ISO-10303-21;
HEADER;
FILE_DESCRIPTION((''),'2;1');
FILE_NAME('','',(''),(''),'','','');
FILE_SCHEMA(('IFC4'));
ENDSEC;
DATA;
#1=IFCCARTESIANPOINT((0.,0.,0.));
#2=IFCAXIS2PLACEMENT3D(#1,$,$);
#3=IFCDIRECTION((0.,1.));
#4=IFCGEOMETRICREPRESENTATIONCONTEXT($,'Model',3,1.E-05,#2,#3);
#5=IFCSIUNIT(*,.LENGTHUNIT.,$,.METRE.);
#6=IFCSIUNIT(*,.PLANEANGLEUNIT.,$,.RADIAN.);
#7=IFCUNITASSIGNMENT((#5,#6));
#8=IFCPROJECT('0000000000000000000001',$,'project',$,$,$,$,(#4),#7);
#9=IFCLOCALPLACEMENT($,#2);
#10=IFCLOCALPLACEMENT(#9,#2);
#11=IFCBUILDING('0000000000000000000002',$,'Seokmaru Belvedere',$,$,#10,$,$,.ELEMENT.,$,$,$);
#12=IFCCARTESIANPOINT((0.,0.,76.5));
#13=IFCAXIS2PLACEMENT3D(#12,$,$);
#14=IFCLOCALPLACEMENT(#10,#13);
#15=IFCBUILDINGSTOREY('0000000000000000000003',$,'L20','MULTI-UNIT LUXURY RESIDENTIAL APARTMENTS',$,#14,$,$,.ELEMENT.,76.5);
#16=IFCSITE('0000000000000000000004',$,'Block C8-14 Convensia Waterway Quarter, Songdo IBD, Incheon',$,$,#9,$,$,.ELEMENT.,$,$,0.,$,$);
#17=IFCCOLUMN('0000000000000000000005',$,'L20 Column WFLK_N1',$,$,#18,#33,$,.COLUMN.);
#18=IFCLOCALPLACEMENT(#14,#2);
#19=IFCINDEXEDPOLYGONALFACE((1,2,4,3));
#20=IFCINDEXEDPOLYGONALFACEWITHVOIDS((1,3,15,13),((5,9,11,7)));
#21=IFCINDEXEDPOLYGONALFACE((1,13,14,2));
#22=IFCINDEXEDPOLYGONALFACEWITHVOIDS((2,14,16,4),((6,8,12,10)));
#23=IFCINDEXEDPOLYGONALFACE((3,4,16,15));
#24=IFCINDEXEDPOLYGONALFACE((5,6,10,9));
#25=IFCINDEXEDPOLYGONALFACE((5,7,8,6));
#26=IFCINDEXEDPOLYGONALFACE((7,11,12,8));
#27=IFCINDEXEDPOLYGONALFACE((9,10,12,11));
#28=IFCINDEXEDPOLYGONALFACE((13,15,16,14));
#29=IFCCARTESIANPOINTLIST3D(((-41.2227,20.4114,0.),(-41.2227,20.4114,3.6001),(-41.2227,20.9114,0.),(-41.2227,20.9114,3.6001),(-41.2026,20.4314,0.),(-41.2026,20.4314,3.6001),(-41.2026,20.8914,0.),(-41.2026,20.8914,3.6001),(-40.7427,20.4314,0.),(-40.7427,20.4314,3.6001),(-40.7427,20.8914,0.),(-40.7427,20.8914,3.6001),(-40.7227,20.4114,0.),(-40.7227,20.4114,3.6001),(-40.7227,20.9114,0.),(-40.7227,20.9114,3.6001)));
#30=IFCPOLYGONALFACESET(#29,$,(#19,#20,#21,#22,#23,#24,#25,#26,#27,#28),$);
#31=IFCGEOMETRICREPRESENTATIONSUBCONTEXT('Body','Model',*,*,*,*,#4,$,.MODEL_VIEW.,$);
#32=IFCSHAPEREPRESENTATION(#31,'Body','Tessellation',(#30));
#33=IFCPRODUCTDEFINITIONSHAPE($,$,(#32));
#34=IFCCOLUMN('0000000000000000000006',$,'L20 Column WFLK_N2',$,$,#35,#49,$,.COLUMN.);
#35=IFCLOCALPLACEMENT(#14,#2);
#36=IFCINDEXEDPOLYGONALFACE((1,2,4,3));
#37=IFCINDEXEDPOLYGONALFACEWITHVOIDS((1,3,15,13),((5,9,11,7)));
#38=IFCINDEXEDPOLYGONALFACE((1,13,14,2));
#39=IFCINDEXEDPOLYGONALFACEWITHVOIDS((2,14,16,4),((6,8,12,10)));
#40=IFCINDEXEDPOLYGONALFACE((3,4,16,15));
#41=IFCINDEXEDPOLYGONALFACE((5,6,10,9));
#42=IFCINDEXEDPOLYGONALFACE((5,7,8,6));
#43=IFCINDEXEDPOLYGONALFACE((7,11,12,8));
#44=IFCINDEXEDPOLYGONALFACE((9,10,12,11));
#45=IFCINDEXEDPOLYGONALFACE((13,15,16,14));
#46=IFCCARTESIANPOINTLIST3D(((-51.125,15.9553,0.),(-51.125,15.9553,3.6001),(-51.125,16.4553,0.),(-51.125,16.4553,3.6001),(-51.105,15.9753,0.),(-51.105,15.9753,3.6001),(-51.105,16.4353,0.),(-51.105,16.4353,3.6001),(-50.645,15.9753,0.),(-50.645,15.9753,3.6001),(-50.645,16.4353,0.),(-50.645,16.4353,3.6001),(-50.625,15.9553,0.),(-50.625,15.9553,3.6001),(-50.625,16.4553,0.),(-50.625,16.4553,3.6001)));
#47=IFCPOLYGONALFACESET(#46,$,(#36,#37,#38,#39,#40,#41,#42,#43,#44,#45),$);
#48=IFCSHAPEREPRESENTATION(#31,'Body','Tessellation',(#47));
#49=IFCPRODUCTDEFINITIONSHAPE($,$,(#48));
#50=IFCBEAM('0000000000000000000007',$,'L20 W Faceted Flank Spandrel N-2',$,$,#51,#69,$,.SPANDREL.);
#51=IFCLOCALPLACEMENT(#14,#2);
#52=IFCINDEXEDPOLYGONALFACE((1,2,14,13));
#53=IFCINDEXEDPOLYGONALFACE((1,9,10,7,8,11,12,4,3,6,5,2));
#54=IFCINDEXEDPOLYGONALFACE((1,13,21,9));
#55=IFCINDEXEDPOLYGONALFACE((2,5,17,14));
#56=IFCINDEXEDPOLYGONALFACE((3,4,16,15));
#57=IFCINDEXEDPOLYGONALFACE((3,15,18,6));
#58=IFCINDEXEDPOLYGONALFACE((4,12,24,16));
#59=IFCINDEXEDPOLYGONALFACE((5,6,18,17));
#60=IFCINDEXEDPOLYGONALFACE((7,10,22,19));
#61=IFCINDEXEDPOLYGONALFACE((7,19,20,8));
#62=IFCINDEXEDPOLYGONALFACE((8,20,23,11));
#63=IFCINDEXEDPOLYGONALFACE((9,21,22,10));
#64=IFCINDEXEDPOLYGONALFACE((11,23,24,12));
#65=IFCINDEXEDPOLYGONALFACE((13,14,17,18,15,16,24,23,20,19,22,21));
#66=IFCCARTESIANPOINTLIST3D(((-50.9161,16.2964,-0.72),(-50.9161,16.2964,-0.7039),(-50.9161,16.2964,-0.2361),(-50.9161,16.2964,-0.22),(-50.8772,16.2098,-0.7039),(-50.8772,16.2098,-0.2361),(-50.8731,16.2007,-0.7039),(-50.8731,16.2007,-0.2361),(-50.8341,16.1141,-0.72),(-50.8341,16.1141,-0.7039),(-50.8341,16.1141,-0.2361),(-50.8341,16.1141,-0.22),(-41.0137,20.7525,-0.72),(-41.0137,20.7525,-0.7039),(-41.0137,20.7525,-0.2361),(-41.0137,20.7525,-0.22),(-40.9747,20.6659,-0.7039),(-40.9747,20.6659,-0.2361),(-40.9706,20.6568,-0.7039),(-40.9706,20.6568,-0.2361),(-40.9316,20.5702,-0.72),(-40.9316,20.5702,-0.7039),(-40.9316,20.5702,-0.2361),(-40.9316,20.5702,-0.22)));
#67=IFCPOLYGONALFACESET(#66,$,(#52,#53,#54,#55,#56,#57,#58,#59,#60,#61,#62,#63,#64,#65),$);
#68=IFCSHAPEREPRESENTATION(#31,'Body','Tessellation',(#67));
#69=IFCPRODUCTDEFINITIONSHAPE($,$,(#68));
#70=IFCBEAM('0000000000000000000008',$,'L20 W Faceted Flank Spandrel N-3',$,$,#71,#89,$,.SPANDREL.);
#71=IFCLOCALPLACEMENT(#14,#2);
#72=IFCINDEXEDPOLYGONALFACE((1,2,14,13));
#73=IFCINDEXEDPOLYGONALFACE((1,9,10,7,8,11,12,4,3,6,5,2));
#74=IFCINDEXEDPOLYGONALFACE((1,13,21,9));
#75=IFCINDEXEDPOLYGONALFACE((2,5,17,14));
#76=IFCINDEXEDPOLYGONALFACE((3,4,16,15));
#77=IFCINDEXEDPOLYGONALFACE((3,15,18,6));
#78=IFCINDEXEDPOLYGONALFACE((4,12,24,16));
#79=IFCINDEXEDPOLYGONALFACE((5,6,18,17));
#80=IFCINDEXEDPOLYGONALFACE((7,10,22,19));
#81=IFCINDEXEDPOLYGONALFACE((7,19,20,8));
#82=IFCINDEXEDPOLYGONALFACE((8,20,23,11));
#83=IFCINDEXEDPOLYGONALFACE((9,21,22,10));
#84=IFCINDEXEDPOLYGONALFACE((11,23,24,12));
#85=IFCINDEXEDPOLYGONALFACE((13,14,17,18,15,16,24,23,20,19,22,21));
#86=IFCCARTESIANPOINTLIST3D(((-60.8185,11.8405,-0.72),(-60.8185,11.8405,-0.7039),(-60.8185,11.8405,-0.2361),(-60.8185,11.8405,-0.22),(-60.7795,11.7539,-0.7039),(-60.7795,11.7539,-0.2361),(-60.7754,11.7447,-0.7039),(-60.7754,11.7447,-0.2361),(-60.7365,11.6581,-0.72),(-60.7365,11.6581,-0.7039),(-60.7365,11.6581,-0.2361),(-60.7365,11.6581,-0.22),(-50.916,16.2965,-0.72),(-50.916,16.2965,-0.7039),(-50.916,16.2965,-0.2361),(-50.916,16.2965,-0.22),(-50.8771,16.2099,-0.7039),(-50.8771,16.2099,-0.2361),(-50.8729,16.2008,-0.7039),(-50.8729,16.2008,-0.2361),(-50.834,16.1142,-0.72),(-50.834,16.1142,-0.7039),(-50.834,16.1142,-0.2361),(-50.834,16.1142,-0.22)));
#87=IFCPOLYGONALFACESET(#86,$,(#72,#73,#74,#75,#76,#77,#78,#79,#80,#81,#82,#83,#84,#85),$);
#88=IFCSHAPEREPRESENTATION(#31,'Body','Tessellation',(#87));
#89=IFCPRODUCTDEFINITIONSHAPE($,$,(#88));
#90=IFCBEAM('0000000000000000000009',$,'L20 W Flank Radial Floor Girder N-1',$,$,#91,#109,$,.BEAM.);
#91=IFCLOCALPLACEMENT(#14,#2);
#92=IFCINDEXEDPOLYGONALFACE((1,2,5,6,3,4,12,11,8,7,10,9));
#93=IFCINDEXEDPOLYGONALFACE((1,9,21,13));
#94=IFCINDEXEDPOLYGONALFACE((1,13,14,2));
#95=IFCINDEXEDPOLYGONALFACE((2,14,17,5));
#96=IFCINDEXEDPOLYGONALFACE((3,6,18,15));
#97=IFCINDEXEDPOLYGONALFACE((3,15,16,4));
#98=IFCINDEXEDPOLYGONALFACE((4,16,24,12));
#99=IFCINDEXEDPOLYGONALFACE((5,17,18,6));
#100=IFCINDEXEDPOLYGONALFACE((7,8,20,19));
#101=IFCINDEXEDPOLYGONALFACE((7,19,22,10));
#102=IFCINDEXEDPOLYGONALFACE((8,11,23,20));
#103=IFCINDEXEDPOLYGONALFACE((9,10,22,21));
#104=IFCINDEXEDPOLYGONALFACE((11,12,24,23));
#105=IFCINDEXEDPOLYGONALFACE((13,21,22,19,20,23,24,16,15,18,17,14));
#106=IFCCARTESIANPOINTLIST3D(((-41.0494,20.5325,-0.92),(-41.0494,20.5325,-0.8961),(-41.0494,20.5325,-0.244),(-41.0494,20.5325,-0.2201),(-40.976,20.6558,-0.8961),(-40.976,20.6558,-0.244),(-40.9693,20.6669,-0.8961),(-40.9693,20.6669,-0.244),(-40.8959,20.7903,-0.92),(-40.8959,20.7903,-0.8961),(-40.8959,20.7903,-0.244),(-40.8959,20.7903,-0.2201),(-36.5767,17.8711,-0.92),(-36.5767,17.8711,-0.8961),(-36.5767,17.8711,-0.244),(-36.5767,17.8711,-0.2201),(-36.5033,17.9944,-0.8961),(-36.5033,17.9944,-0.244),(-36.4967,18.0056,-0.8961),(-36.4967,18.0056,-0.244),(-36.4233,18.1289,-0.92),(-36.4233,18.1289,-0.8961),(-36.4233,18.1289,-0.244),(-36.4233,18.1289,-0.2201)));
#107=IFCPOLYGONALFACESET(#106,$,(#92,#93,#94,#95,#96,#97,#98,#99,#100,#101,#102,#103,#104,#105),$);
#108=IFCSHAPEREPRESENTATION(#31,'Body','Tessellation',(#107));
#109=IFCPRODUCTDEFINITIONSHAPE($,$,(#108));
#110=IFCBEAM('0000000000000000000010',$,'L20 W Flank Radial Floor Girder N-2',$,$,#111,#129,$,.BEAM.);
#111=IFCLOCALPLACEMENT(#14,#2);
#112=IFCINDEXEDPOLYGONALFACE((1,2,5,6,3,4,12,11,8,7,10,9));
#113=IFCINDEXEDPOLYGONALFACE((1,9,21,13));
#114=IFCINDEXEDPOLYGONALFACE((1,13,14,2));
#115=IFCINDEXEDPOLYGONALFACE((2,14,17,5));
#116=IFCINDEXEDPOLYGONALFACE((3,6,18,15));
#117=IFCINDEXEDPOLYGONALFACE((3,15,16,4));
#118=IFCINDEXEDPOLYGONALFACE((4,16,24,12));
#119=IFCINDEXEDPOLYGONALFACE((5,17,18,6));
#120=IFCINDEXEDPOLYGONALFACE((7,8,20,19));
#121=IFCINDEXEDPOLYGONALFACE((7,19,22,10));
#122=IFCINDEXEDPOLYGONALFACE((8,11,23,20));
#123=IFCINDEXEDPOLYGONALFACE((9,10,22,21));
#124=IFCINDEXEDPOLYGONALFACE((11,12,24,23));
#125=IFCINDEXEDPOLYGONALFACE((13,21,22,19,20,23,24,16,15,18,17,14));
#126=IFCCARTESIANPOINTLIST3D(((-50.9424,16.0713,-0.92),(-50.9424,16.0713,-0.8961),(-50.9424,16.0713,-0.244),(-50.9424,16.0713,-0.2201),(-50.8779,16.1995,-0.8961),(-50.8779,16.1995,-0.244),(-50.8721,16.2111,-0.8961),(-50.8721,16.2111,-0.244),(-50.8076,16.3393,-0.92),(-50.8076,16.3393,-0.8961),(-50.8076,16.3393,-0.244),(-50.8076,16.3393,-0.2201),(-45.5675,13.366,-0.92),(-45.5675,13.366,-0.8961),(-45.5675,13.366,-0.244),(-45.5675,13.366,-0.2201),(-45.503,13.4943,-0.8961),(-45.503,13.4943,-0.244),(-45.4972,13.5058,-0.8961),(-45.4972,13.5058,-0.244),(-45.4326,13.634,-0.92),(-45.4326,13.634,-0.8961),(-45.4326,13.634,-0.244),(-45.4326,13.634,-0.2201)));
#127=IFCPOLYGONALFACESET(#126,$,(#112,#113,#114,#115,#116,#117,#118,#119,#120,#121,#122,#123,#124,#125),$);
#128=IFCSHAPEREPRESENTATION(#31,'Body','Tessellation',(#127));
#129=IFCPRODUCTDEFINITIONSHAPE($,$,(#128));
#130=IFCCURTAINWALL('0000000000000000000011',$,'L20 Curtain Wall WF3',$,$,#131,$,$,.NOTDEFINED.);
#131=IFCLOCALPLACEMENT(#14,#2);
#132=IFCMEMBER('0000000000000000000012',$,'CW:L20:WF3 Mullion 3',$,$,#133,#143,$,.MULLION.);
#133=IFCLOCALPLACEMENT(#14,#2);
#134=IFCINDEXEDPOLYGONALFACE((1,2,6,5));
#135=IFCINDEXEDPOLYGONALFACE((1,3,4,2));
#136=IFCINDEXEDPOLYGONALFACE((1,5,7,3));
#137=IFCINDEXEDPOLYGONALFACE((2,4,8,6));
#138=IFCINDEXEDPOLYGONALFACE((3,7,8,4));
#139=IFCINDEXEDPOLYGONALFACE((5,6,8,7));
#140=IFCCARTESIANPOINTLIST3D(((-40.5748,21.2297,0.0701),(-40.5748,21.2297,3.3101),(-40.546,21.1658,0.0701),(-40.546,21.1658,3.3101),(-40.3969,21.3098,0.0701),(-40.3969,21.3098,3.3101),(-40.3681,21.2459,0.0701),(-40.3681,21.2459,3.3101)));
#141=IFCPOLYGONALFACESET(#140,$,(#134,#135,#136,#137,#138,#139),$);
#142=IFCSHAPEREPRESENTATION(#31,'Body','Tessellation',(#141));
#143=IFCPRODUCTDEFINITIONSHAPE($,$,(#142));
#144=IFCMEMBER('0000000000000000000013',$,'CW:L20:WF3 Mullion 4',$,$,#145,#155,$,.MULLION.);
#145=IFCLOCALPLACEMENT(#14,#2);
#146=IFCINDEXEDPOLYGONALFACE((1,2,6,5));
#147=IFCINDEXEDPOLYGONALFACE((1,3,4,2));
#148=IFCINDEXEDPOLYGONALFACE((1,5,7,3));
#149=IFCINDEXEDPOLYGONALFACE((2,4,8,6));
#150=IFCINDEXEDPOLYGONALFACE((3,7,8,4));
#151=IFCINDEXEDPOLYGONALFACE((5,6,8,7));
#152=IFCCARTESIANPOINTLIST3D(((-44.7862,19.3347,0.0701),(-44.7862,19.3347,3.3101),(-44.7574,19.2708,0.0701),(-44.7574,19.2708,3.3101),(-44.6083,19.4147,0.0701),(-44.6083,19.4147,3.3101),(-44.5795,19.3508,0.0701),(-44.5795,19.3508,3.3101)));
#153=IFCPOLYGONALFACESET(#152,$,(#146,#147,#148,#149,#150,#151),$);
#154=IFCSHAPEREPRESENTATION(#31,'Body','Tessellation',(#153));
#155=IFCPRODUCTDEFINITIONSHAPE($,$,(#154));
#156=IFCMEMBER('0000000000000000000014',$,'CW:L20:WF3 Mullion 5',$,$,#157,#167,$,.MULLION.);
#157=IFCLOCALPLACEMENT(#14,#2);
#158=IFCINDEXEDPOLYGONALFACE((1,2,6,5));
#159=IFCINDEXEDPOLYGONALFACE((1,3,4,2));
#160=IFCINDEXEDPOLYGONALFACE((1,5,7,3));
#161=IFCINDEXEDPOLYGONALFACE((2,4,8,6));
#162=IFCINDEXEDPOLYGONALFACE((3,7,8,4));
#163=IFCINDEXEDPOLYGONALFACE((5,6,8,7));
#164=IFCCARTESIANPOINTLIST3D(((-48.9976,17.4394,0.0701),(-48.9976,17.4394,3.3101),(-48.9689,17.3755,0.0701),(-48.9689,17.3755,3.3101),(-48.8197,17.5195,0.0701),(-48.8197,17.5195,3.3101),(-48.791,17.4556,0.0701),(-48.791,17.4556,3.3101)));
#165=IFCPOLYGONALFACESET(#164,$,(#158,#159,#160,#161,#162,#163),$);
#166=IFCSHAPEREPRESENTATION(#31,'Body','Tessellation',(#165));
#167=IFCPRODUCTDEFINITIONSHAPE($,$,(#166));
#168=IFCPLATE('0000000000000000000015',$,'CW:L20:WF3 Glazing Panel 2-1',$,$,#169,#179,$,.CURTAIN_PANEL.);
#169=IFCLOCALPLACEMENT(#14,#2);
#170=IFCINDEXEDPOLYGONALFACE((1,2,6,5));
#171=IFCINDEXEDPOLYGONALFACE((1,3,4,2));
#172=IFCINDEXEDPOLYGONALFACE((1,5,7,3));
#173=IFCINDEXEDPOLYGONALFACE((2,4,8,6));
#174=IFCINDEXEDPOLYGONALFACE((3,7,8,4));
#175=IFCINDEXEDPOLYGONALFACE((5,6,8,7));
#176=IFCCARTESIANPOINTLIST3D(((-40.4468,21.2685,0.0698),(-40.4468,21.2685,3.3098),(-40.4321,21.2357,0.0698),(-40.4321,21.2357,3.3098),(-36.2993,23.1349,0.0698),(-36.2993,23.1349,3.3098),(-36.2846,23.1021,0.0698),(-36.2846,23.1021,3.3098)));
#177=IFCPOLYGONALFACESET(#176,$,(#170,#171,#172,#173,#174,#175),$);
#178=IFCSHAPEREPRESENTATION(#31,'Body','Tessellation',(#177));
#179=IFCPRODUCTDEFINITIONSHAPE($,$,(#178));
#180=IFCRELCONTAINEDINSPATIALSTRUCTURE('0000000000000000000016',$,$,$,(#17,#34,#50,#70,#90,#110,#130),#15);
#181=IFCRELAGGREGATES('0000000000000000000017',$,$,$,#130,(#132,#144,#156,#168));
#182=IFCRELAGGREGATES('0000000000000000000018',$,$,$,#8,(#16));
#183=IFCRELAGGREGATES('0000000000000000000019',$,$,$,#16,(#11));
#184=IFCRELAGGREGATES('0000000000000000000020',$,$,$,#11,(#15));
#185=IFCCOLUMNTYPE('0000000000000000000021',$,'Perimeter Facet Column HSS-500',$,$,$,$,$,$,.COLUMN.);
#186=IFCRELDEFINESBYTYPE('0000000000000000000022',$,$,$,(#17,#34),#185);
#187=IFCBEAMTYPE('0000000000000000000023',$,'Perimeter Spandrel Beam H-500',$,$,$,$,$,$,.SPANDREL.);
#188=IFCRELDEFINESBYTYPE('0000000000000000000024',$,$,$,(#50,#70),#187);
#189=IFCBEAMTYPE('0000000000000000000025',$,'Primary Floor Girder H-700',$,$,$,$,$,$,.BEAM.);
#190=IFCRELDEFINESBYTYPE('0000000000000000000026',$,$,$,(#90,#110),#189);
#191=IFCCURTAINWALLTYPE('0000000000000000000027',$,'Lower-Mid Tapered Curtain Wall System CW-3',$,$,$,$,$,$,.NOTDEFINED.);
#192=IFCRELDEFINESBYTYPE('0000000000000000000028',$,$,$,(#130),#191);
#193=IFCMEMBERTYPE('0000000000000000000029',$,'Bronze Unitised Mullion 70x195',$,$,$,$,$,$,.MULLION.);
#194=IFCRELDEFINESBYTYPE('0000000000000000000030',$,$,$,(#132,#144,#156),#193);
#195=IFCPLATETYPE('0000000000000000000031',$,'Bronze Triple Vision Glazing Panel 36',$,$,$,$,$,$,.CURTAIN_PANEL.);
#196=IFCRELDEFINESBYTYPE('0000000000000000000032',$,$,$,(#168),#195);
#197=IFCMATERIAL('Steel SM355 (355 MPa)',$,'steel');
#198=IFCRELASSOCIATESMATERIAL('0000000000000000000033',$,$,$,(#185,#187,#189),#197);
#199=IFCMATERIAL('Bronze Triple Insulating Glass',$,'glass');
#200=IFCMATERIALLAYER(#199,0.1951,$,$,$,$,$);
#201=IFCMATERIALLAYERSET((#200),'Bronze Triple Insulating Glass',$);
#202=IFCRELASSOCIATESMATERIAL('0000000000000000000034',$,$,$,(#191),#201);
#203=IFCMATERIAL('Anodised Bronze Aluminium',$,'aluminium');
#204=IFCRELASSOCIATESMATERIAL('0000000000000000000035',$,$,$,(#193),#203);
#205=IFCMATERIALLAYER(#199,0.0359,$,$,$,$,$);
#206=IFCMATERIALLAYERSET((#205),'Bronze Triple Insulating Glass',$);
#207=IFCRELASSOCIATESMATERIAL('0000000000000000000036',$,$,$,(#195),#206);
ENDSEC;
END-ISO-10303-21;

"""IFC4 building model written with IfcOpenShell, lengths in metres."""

from ifc_helpers import new_model, si_unit, direction, frame, origin, origin_2d, place, context, subcontext, project, spatial, rectangle, hollow_rectangle, i_section, extrude, source, transform, mapped, material, layer, layer_set, material_profile, profile_set, type_object, type_shapes, element, aggregate, save


model = new_model("IFC4")

# Units and contexts
model_context = context("Model", 3, precision=1e-05, world=origin(), true_north=direction((0.0, 1.0)))
body_context = subcontext(model_context, "Body", "Model", "MODEL_VIEW")
ifc_project = project(units=[si_unit("LENGTHUNIT", "METRE"), si_unit("PLANEANGLEUNIT", "RADIAN")], contexts=[model_context])

# Site, building, storey
site_placement = place(None, origin())
site = spatial("IfcSite", under=ifc_project, at=site_placement, Name="Block C8-14 Convensia Waterway Quarter, Songdo IBD, Incheon", CompositionType="ELEMENT", RefElevation=0.0)
building_placement = place(site_placement, origin())
building = spatial("IfcBuilding", under=site, at=building_placement, Name="Seokmaru Belvedere", CompositionType="ELEMENT")
storey_placement = place(building_placement, frame((0.0, 0.0, 76.5)))
storey = spatial("IfcBuildingStorey", under=building, at=storey_placement, Name="L20", Description="MULTI-UNIT LUXURY RESIDENTIAL APARTMENTS", CompositionType="ELEMENT", Elevation=76.5)

# Columns
ifc_material_1 = material(Name="Steel SM355 (355 MPa)", Category="steel")
ifc_material_profile_1 = material_profile(ifc_material_1, hollow_rectangle(XDim=0.5, YDim=0.5, WallThickness=0.02, at=origin_2d()), Name="HSS-500x500x20")
ifc_profile_set_1 = profile_set([ifc_material_profile_1], Name="Steel SM355 (355 MPa)")
column_type = type_object("IfcColumnType", Name="Perimeter Facet Column HSS-500", PredefinedType="COLUMN", material=ifc_profile_set_1)
shared_shape_1 = source(origin(), body_context, "Body", "SweptSolid", [
    extrude(hollow_rectangle(XDim=0.5, YDim=0.5, WallThickness=0.02, at=origin_2d()), origin(), (0.0, 0.0, 1.0), 3.6001),
])
type_shapes(column_type, [shared_shape_1])
for number, where, z_axis, x_axis, name in (
    (1, (-40.9727, 20.6614, 0.0), (0.0, 0.0, 1.0), (1.0, 0.0, 0.0), "L20 Column WFLK_N1"),
    (2, (-50.875, 16.2053, 0.0), (0.0, 0.0, 1.0), (1.0, 0.0, 0.0), "L20 Column WFLK_N2"),
):
    element("IfcColumn", number, at=place(storey_placement, frame(where, z_axis=z_axis, x_axis=x_axis)), inside=storey, type_object=column_type, Name=name, PredefinedType="COLUMN", context=body_context, shape_type="MappedRepresentation", body=[
        mapped(shared_shape_1, transform((0.0, 0.0, 0.0), scale=1.0)),
    ])

# Beams
ifc_material_profile_2 = material_profile(ifc_material_1, i_section(OverallWidth=0.2, OverallDepth=0.5, WebThickness=0.01, FlangeThickness=0.0161, at=origin_2d()), Name="H-500x200x10x16")
ifc_profile_set_2 = profile_set([ifc_material_profile_2], Name="Steel SM355 (355 MPa)")
beam_type_1 = type_object("IfcBeamType", Name="Perimeter Spandrel Beam H-500", PredefinedType="SPANDREL", material=ifc_profile_set_2)
shared_shape_2 = source(origin(), body_context, "Body", "SweptSolid", [
    extrude(i_section(OverallWidth=0.2, OverallDepth=0.5, WebThickness=0.01, FlangeThickness=0.0161, at=origin_2d()), origin(), (0.0, 0.0, 1.0), 10.8589),
])
type_shapes(beam_type_1, [shared_shape_2])
for number, where, z_axis, x_axis, name in (
    (3, (-40.9727, 20.6614, -0.47), (-0.911922, -0.410365, 0.0), (0.410365, -0.911922, 0.0), "L20 W Faceted Flank Spandrel N-2"),
    (4, (-50.875, 16.2053, -0.47), (-0.911925, -0.410356, 0.0), (0.410356, -0.911925, 0.0), "L20 W Faceted Flank Spandrel N-3"),
):
    element("IfcBeam", number, at=place(storey_placement, frame(where, z_axis=z_axis, x_axis=x_axis)), inside=storey, type_object=beam_type_1, Name=name, PredefinedType="SPANDREL", context=body_context, shape_type="MappedRepresentation", body=[
        mapped(shared_shape_2, transform((0.0, 0.0, 0.0), scale=1.0)),
    ])
ifc_material_profile_3 = material_profile(ifc_material_1, i_section(OverallWidth=0.3, OverallDepth=0.7, WebThickness=0.0129, FlangeThickness=0.0239, at=origin_2d()), Name="H-700x300x13x24")
ifc_profile_set_3 = profile_set([ifc_material_profile_3], Name="Steel SM355 (355 MPa)")
beam_type_2 = type_object("IfcBeamType", Name="Primary Floor Girder H-700", PredefinedType="BEAM", material=ifc_profile_set_3)
shared_shape_3 = source(origin(), body_context, "Body", "SweptSolid", [
    extrude(i_section(OverallWidth=0.3, OverallDepth=0.7, WebThickness=0.0129, FlangeThickness=0.0239, at=origin_2d()), origin(), (0.0, 0.0, 1.0), 5.2046),
])
beam_1_placement = place(storey_placement, frame((-40.9727, 20.6614, -0.5701), z_axis=(0.85937, -0.511354, 0.0), x_axis=(0.511354, 0.85937, 0.0)))
element("IfcBeam", 5, at=beam_1_placement, inside=storey, type_object=beam_type_2, Name="L20 W Flank Radial Floor Girder N-1", PredefinedType="BEAM", context=body_context, shape_type="MappedRepresentation", body=[
    mapped(shared_shape_3, transform((0.0, 0.0, 0.0), scale=1.0)),
])
shared_shape_4 = source(origin(), body_context, "Body", "SweptSolid", [
    extrude(i_section(OverallWidth=0.3, OverallDepth=0.7, WebThickness=0.0129, FlangeThickness=0.0239, at=origin_2d()), origin(), (0.0, 0.0, 1.0), 6.0173),
])
type_shapes(beam_type_2, [shared_shape_3, shared_shape_4])
beam_2_placement = place(storey_placement, frame((-50.875, 16.2053, -0.5701), z_axis=(0.893239, -0.449581, 0.0), x_axis=(0.449581, 0.893239, 0.0)))
element("IfcBeam", 6, at=beam_2_placement, inside=storey, type_object=beam_type_2, Name="L20 W Flank Radial Floor Girder N-2", PredefinedType="BEAM", context=body_context, shape_type="MappedRepresentation", body=[
    mapped(shared_shape_4, transform((0.0, 0.0, 0.0), scale=1.0)),
])

# Curtain wall, members, plate
ifc_material_2 = material(Name="Bronze Triple Insulating Glass", Category="glass")
ifc_layer_1 = layer(ifc_material_2, 0.1951)
ifc_layer_set_1 = layer_set([ifc_layer_1], Name="Bronze Triple Insulating Glass")
curtain_wall_type = type_object("IfcCurtainWallType", Name="Lower-Mid Tapered Curtain Wall System CW-3", PredefinedType="NOTDEFINED", material=ifc_layer_set_1)
curtain_wall_placement = place(storey_placement, origin())
curtain_wall = element("IfcCurtainWall", 7, at=curtain_wall_placement, inside=storey, type_object=curtain_wall_type, Name="L20 Curtain Wall WF3", PredefinedType="NOTDEFINED")
ifc_material_3 = material(Name="Anodised Bronze Aluminium", Category="aluminium")
ifc_material_profile_4 = material_profile(ifc_material_3, rectangle(XDim=0.0701, YDim=0.1951, at=origin_2d()), Name="CW-M-70x195")
ifc_profile_set_4 = profile_set([ifc_material_profile_4], Name="Anodised Bronze Aluminium")
member_type = type_object("IfcMemberType", Name="Bronze Unitised Mullion 70x195", PredefinedType="MULLION", material=ifc_profile_set_4)
shared_shape_5 = source(origin(), body_context, "Body", "SweptSolid", [
    extrude(rectangle(XDim=0.0701, YDim=0.1951, at=origin_2d()), origin(), (0.0, 0.0, 1.0), 3.24),
])
type_shapes(member_type, [shared_shape_5])
member_1_placement = place(storey_placement, frame((-40.4714, 21.2378, 0.0701), z_axis=(0.0, 0.0, 1.0), x_axis=(0.410366, -0.911921, 0.0)))
member_1 = element("IfcMember", 8, at=member_1_placement, type_object=member_type, Name="CW:L20:WF3 Mullion 3", PredefinedType="MULLION", context=body_context, shape_type="MappedRepresentation", body=[
    mapped(shared_shape_5, transform((0.0, 0.0, 0.0), scale=1.0)),
])
member_2_placement = place(storey_placement, frame((-44.6829, 19.3428, 0.0701), z_axis=(0.0, 0.0, 1.0), x_axis=(0.410366, -0.911921, 0.0)))
member_2 = element("IfcMember", 9, at=member_2_placement, type_object=member_type, Name="CW:L20:WF3 Mullion 4", PredefinedType="MULLION", context=body_context, shape_type="MappedRepresentation", body=[
    mapped(shared_shape_5, transform((0.0, 0.0, 0.0), scale=1.0)),
])
member_3_placement = place(storey_placement, frame((-48.8943, 17.4475, 0.0701), z_axis=(0.0, 0.0, 1.0), x_axis=(0.410366, -0.911921, 0.0)))
member_3 = element("IfcMember", 10, at=member_3_placement, type_object=member_type, Name="CW:L20:WF3 Mullion 5", PredefinedType="MULLION", context=body_context, shape_type="MappedRepresentation", body=[
    mapped(shared_shape_5, transform((0.0, 0.0, 0.0), scale=1.0)),
])
ifc_layer_2 = layer(ifc_material_2, 0.0359)
ifc_layer_set_2 = layer_set([ifc_layer_2], Name="Bronze Triple Insulating Glass")
plate_type = type_object("IfcPlateType", Name="Bronze Triple Vision Glazing Panel 36", PredefinedType="CURTAIN_PANEL", material=ifc_layer_set_2)
shared_shape_6 = source(origin(), body_context, "Body", "SweptSolid", [
    extrude(rectangle(XDim=4.5481, YDim=0.0359, at=origin_2d()), origin(), (0.0, 0.0, 1.0), 3.24),
])
type_shapes(plate_type, [shared_shape_6])
plate_1_placement = place(storey_placement, frame((-38.3657, 22.1853, 0.0698), z_axis=(0.0, 0.0, 1.0), x_axis=(-0.911921, -0.410366, 0.0)))
plate_1 = element("IfcPlate", 11, at=plate_1_placement, type_object=plate_type, Name="CW:L20:WF3 Glazing Panel 2-1", PredefinedType="CURTAIN_PANEL", context=body_context, shape_type="MappedRepresentation", body=[
    mapped(shared_shape_6, transform((0.0, 0.0, 0.0), scale=1.0)),
])
aggregate(curtain_wall, [member_1, member_2, member_3, plate_1])

save(model, "model.ifc")
